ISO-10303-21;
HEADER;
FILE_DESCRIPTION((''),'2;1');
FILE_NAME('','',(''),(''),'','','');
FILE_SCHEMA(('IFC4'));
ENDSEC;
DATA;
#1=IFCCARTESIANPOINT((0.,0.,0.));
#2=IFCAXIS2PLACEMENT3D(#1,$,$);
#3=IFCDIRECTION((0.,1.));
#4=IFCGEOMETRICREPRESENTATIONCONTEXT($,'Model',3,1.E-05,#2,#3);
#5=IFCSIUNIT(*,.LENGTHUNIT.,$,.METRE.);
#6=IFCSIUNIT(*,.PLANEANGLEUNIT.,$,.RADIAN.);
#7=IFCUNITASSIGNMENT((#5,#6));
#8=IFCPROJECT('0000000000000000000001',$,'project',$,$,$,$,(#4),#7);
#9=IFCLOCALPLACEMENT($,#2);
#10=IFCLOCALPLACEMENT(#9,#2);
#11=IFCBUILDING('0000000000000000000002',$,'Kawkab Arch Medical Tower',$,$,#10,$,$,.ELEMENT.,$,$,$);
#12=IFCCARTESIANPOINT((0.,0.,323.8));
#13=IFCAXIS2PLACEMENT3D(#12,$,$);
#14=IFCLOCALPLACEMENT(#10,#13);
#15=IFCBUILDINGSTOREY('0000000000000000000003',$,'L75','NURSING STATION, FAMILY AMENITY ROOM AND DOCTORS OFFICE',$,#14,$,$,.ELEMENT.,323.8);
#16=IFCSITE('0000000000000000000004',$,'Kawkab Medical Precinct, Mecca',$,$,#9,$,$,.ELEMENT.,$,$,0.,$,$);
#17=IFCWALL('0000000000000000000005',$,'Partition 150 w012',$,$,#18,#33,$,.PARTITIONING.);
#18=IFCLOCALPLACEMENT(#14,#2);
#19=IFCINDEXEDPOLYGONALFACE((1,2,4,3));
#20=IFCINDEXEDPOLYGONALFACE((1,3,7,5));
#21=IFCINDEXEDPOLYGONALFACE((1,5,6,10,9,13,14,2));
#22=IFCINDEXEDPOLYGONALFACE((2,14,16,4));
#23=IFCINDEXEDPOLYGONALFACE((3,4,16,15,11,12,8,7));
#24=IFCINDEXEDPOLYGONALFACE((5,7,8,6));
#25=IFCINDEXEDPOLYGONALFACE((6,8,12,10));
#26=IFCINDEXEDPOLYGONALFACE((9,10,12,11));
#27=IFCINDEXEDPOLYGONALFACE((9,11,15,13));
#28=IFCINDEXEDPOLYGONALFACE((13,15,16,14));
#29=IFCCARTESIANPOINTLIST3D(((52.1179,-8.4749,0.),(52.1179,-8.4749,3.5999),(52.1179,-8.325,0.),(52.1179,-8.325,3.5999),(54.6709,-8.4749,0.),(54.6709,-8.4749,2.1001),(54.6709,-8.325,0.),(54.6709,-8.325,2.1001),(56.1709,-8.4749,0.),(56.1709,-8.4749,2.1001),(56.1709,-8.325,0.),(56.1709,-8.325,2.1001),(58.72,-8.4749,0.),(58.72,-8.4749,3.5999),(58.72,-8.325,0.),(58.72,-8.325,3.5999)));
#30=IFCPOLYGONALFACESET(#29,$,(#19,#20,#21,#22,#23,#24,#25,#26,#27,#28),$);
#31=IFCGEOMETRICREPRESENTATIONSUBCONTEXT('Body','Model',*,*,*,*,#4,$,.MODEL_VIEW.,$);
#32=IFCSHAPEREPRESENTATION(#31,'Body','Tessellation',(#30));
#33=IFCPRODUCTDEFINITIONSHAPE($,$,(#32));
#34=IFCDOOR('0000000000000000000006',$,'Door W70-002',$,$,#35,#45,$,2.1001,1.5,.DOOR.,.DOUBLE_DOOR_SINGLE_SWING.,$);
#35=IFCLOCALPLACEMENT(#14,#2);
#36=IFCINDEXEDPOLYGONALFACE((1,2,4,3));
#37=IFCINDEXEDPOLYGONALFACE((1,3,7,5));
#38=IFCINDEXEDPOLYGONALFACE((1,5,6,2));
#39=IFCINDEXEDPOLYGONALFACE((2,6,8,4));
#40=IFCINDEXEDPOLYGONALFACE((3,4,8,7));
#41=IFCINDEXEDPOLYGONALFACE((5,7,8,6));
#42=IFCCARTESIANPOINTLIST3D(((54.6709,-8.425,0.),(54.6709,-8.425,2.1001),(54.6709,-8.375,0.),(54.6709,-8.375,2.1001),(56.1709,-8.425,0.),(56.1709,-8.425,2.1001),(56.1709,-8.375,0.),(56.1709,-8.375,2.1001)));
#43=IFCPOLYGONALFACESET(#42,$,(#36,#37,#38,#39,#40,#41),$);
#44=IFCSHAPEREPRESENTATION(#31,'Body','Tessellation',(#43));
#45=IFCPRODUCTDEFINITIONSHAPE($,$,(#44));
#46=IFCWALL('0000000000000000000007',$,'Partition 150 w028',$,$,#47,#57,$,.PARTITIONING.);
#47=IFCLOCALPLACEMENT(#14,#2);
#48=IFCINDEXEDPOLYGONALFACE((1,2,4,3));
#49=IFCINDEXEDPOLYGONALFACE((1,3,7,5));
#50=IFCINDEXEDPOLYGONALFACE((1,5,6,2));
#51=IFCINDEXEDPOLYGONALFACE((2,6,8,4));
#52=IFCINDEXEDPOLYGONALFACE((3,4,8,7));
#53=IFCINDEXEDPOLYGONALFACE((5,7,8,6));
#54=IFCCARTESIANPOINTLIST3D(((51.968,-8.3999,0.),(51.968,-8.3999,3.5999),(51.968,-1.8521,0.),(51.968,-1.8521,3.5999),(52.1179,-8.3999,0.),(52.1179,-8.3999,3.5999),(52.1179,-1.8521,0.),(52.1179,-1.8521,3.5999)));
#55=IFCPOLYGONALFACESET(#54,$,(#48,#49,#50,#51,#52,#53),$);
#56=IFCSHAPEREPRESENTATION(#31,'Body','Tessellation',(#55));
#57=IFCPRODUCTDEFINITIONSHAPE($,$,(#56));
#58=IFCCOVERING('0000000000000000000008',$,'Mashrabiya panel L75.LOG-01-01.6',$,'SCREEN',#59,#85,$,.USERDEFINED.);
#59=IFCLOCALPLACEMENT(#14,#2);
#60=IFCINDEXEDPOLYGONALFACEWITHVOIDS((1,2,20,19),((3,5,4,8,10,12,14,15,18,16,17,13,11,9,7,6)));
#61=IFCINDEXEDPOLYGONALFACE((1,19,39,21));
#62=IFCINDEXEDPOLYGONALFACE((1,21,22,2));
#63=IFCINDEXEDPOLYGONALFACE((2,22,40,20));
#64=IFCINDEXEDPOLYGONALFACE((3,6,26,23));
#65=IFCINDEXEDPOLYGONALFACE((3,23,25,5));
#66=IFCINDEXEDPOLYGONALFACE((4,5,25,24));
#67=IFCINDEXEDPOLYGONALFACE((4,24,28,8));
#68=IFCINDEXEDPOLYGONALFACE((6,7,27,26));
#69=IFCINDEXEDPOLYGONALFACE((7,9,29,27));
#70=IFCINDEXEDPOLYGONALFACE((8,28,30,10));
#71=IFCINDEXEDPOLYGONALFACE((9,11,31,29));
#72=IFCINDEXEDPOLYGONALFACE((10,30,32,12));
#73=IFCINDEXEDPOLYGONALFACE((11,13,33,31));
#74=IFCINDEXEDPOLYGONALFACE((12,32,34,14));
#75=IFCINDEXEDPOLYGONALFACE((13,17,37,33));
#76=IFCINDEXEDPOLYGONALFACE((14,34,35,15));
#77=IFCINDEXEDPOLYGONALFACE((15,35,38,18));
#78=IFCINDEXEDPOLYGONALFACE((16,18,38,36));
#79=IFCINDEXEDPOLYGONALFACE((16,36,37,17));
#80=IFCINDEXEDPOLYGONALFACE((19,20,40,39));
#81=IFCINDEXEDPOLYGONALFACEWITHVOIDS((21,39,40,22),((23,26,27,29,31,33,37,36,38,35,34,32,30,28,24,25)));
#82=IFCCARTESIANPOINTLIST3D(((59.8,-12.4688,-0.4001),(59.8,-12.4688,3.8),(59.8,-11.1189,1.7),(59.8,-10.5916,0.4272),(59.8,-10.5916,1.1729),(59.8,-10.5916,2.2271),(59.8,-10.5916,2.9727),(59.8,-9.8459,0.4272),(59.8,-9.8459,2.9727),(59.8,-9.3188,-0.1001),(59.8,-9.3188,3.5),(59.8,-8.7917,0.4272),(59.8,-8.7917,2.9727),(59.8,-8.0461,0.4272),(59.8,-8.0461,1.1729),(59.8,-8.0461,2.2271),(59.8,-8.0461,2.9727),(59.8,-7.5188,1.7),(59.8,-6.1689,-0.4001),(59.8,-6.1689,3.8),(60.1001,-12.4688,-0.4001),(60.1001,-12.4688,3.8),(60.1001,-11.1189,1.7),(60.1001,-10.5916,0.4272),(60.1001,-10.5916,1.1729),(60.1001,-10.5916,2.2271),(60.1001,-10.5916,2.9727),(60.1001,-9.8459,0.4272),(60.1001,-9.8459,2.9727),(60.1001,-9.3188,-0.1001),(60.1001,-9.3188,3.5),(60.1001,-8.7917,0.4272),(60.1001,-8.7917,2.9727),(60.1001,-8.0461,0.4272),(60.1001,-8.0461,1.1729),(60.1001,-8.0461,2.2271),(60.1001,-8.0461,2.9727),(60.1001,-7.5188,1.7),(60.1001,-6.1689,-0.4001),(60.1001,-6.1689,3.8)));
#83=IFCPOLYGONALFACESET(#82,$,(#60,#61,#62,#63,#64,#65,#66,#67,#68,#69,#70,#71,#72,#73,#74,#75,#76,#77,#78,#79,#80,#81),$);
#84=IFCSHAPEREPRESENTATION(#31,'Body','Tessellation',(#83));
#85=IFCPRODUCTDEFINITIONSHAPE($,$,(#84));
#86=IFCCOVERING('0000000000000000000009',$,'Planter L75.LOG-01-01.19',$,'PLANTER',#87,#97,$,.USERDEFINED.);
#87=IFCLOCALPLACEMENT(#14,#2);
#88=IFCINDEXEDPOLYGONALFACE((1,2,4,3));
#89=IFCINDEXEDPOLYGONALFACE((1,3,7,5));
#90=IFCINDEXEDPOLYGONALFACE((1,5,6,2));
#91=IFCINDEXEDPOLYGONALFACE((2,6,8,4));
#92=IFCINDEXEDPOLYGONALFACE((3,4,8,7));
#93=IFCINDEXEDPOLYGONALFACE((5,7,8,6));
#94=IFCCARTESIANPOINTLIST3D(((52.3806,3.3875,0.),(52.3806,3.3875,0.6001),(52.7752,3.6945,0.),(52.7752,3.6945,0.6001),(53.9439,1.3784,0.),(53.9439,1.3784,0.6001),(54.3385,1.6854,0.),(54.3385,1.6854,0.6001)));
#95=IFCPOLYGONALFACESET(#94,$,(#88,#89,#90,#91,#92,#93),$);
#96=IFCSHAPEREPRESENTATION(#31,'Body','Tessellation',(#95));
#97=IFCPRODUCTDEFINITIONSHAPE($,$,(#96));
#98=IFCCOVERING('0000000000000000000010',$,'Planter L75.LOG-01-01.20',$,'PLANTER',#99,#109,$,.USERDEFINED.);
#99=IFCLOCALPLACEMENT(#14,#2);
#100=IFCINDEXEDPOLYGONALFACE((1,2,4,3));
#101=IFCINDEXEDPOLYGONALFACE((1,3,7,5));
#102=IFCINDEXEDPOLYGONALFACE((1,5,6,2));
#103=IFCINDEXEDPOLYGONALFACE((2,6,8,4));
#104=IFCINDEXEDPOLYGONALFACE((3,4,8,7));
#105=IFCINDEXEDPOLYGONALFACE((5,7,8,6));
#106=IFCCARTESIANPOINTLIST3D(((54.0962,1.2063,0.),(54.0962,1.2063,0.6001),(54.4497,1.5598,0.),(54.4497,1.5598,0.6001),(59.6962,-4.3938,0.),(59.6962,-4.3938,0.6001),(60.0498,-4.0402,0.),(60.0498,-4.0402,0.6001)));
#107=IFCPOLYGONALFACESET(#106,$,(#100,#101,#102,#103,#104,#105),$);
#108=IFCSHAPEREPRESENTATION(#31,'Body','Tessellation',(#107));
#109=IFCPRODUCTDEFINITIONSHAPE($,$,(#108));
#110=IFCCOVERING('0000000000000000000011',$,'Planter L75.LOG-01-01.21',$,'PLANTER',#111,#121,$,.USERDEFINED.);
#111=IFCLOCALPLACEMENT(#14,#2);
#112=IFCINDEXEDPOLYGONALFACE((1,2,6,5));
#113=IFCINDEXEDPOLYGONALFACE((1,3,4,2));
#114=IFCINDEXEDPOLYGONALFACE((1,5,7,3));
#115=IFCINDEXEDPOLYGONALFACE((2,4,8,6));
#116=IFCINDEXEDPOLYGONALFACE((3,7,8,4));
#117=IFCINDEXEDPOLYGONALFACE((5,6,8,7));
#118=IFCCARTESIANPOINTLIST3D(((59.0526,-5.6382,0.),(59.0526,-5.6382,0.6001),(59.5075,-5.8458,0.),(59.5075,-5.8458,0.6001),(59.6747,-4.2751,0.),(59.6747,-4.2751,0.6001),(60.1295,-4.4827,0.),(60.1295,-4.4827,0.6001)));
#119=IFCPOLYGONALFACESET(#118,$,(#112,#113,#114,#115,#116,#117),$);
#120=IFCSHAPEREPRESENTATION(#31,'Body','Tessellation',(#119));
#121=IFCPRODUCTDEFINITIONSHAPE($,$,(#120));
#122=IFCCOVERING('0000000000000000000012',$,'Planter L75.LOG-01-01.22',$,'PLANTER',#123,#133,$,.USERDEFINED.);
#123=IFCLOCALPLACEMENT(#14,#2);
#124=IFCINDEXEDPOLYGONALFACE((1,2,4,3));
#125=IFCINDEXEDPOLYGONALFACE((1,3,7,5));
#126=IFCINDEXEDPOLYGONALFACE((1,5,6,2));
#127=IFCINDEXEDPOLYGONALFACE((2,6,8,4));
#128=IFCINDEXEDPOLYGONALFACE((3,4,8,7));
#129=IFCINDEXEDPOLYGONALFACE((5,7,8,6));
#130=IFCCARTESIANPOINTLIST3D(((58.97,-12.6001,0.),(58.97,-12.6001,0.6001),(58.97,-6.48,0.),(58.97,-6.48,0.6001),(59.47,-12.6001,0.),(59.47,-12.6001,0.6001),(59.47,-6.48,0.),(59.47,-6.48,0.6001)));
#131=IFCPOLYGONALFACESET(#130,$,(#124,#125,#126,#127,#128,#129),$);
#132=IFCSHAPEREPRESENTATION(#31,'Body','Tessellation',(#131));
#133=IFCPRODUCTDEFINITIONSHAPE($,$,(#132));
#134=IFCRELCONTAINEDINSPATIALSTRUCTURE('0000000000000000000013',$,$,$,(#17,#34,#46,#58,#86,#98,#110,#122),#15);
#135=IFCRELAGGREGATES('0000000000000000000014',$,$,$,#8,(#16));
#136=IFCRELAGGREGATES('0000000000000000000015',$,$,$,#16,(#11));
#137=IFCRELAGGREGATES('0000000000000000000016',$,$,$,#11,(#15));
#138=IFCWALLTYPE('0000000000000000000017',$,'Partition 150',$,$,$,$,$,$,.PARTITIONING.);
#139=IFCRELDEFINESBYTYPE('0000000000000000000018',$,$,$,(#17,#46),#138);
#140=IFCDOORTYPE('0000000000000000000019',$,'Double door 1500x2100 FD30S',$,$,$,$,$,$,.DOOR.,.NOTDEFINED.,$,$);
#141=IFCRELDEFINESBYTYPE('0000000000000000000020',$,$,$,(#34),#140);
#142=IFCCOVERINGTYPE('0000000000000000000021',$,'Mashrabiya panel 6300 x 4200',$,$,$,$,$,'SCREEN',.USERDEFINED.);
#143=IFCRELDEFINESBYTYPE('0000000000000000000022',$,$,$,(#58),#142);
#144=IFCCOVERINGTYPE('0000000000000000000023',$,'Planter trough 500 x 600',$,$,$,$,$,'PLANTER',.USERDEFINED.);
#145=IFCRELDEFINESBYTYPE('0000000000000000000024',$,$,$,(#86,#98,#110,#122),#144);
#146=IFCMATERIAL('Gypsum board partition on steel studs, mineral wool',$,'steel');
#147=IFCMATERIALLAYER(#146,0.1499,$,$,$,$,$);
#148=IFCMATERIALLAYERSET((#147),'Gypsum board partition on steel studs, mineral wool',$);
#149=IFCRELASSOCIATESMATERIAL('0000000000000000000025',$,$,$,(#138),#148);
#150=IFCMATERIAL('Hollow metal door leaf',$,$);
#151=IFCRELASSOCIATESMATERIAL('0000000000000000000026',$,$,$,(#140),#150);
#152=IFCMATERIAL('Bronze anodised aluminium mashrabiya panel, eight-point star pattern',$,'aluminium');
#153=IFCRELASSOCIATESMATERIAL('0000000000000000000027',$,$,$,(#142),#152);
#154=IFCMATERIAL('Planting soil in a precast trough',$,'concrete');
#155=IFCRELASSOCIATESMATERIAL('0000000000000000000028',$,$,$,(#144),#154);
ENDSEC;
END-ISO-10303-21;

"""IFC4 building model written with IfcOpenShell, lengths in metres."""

from ifc_helpers import new_model, si_unit, direction, frame, frame_2d, origin, origin_2d, place, context, subcontext, project, spatial, polyline, rectangle, outline, extrude, material, layer, layer_set, material_profile, profile_set, type_object, element, fill, save


model = new_model("IFC4")

# Units and contexts
model_context = context("Model", 3, precision=1e-05, world=origin(), true_north=direction((0.0, 1.0)))
body_context = subcontext(model_context, "Body", "Model", "MODEL_VIEW")
ifc_project = project(units=[si_unit("LENGTHUNIT", "METRE"), si_unit("PLANEANGLEUNIT", "RADIAN")], contexts=[model_context])

# Site, building, storey
site_placement = place(None, origin())
site = spatial("IfcSite", under=ifc_project, at=site_placement, Name="Kawkab Medical Precinct, Mecca", CompositionType="ELEMENT", RefElevation=0.0)
building_placement = place(site_placement, origin())
building = spatial("IfcBuilding", under=site, at=building_placement, Name="Kawkab Arch Medical Tower", CompositionType="ELEMENT")
storey_placement = place(building_placement, frame((0.0, 0.0, 323.8)))
storey = spatial("IfcBuildingStorey", under=building, at=storey_placement, Name="L75", Description="NURSING STATION, FAMILY AMENITY ROOM AND DOCTORS OFFICE", CompositionType="ELEMENT", Elevation=323.8)

# Wall, opening, door
ifc_material_1 = material(Name="Gypsum board partition on steel studs, mineral wool", Category="steel")
ifc_layer_1 = layer(ifc_material_1, 0.1499)
ifc_layer_set_1 = layer_set([ifc_layer_1], Name="Gypsum board partition on steel studs, mineral wool")
wall_type = type_object("IfcWallType", Name="Partition 150", PredefinedType="PARTITIONING", material=ifc_layer_set_1)
wall_1_placement = place(storey_placement, frame((52.1179, -8.3999, 0.0), z_axis=(0.0, 0.0, 1.0), x_axis=(1.0, 0.0, 0.0)))
wall_1 = element("IfcWall", 1, at=wall_1_placement, inside=storey, type_object=wall_type, Name="Partition 150 w012", PredefinedType="PARTITIONING", context=body_context, shape_type="SweptSolid", body=[
    extrude(rectangle(XDim=6.6021, YDim=0.1499, at=frame_2d((3.301, 0.0))), origin(), (0.0, 0.0, 1.0), 3.5999),
])
opening_placement = place(wall_1_placement, frame((2.553, 0.0, 0.0)))
opening = element("IfcOpeningElement", 2, at=opening_placement, cuts=wall_1, PredefinedType="OPENING", context=body_context, shape_type="SweptSolid", body=[
    extrude(rectangle(XDim=1.5, YDim=2.1001, at=frame_2d((0.75, 1.05))), frame((0.0, 0.085, 0.0), z_axis=(0.0, -1.0, 0.0), x_axis=(1.0, 0.0, 0.0)), (0.0, 0.0, 1.0), 0.1699),
])
ifc_material_2 = material(Name="Hollow metal door leaf")
door_type = type_object("IfcDoorType", Name="Double door 1500x2100 FD30S", OperationType="NOTDEFINED", PredefinedType="DOOR", material=ifc_material_2)
door_placement = place(opening_placement, origin())
door = element("IfcDoor", 3, at=door_placement, inside=storey, type_object=door_type, Name="Door W70-002", OperationType="DOUBLE_DOOR_SINGLE_SWING", OverallHeight=2.1001, OverallWidth=1.5, PredefinedType="DOOR", context=body_context, shape_type="SweptSolid", body=[
    extrude(rectangle(XDim=1.5, YDim=2.1001, at=frame_2d((0.75, 1.05))), frame((0.0, 0.0249, 0.0), z_axis=(0.0, -1.0, 0.0), x_axis=(1.0, 0.0, 0.0)), (0.0, 0.0, 1.0), 0.05),
])
fill(opening, door)

# Wall
wall_2_placement = place(storey_placement, frame((52.043, -8.3999, 0.0), z_axis=(0.0, 0.0, 1.0), x_axis=(0.0, 1.0, 0.0)))
element("IfcWall", 4, at=wall_2_placement, inside=storey, type_object=wall_type, Name="Partition 150 w028", PredefinedType="PARTITIONING", context=body_context, shape_type="SweptSolid", body=[
    extrude(rectangle(XDim=6.5479, YDim=0.1499, at=frame_2d((3.2739, 0.0))), origin(), (0.0, 0.0, 1.0), 3.5999),
])

# Coverings
ifc_material_3 = material(Name="Bronze anodised aluminium mashrabiya panel, eight-point star pattern", Category="aluminium")
ifc_material_profile_1 = material_profile(ifc_material_3, outline(polyline([(-3.1499, -2.1001), (3.1499, -2.1001), (3.1499, 2.1001), (-3.1499, 2.1001), (-3.1499, -2.1001)]), holes=[polyline([(1.8, 0.0), (1.2727, 0.5271), (1.2727, 1.2727), (0.5271, 1.2727), (0.0, 1.8), (-0.5271, 1.2727), (-1.2727, 1.2727), (-1.2727, 0.5271), (-1.8, 0.0), (-1.2727, -0.5271), (-1.2727, -1.2727), (-0.5271, -1.2727), (0.0, -1.8), (0.5271, -1.2727), (1.2727, -1.2727), (1.2727, -0.5271), (1.8, 0.0)])]), Name="Mashrabiya panel 6300x4200")
ifc_profile_set_1 = profile_set([ifc_material_profile_1], Name="Bronze anodised aluminium mashrabiya panel, eight-point star pattern")
covering_type_1 = type_object("IfcCoveringType", Name="Mashrabiya panel 6300 x 4200", ElementType="SCREEN", PredefinedType="USERDEFINED", material=ifc_profile_set_1)
covering_1_placement = place(storey_placement, frame((59.8, -9.3188, 1.7), z_axis=(1.0, 0.0, 0.0), x_axis=(0.0, 1.0, 0.0)))
element("IfcCovering", 5, at=covering_1_placement, inside=storey, type_object=covering_type_1, Name="Mashrabiya panel L75.LOG-01-01.6", ObjectType="SCREEN", PredefinedType="USERDEFINED", context=body_context, shape_type="SweptSolid", body=[
    extrude(outline(polyline([(-3.1499, -2.1001), (3.1499, -2.1001), (3.1499, 2.1001), (-3.1499, 2.1001), (-3.1499, -2.1001)]), holes=[polyline([(1.8, 0.0), (1.2727, 0.5271), (1.2727, 1.2727), (0.5271, 1.2727), (0.0, 1.8), (-0.5271, 1.2727), (-1.2727, 1.2727), (-1.2727, 0.5271), (-1.8, 0.0), (-1.2727, -0.5271), (-1.2727, -1.2727), (-0.5271, -1.2727), (0.0, -1.8), (0.5271, -1.2727), (1.2727, -1.2727), (1.2727, -0.5271), (1.8, 0.0)])]), origin(), (0.0, 0.0, 1.0), 0.3),
])
ifc_material_4 = material(Name="Planting soil in a precast trough", Category="concrete")
ifc_material_profile_2 = material_profile(ifc_material_4, rectangle(XDim=0.5, YDim=0.6001, at=origin_2d()), Name="Trough 500x600")
ifc_profile_set_2 = profile_set([ifc_material_profile_2], Name="Planting soil in a precast trough")
covering_type_2 = type_object("IfcCoveringType", Name="Planter trough 500 x 600", ElementType="PLANTER", PredefinedType="USERDEFINED", material=ifc_profile_set_2)
covering_2_placement = place(storey_placement, frame((52.5779, 3.541, 0.3), z_axis=(0.6141, -0.789228, 0.0), x_axis=(0.789228, 0.6141, 0.0)))
element("IfcCovering", 6, at=covering_2_placement, inside=storey, type_object=covering_type_2, Name="Planter L75.LOG-01-01.19", ObjectType="PLANTER", PredefinedType="USERDEFINED", context=body_context, shape_type="SweptSolid", body=[
    extrude(rectangle(XDim=0.5, YDim=0.6001, at=origin_2d()), origin(), (0.0, 0.0, 1.0), 2.5457),
])
covering_3_placement = place(storey_placement, frame((54.2729, 1.3831, 0.3), z_axis=(0.707107, -0.707107, 0.0), x_axis=(0.707107, 0.707107, 0.0)))
element("IfcCovering", 7, at=covering_3_placement, inside=storey, type_object=covering_type_2, Name="Planter L75.LOG-01-01.20", ObjectType="PLANTER", PredefinedType="USERDEFINED", context=body_context, shape_type="SweptSolid", body=[
    extrude(rectangle(XDim=0.5, YDim=0.6001, at=origin_2d()), origin(), (0.0, 0.0, 1.0), 7.9197),
])
covering_4_placement = place(storey_placement, frame((59.9021, -4.3789, 0.3), z_axis=(-0.41519, -0.909735, 0.0), x_axis=(0.909735, -0.41519, 0.0)))
element("IfcCovering", 8, at=covering_4_placement, inside=storey, type_object=covering_type_2, Name="Planter L75.LOG-01-01.21", ObjectType="PLANTER", PredefinedType="USERDEFINED", context=body_context, shape_type="SweptSolid", body=[
    extrude(rectangle(XDim=0.5, YDim=0.6001, at=origin_2d()), origin(), (0.0, 0.0, 1.0), 1.4983),
])
covering_5_placement = place(storey_placement, frame((59.22, -6.48, 0.3), z_axis=(0.0, -1.0, 0.0), x_axis=(1.0, 0.0, 0.0)))
element("IfcCovering", 9, at=covering_5_placement, inside=storey, type_object=covering_type_2, Name="Planter L75.LOG-01-01.22", ObjectType="PLANTER", PredefinedType="USERDEFINED", context=body_context, shape_type="SweptSolid", body=[
    extrude(rectangle(XDim=0.5, YDim=0.6001, at=origin_2d()), origin(), (0.0, 0.0, 1.0), 6.1201),
])

save(model, "model.ifc")
